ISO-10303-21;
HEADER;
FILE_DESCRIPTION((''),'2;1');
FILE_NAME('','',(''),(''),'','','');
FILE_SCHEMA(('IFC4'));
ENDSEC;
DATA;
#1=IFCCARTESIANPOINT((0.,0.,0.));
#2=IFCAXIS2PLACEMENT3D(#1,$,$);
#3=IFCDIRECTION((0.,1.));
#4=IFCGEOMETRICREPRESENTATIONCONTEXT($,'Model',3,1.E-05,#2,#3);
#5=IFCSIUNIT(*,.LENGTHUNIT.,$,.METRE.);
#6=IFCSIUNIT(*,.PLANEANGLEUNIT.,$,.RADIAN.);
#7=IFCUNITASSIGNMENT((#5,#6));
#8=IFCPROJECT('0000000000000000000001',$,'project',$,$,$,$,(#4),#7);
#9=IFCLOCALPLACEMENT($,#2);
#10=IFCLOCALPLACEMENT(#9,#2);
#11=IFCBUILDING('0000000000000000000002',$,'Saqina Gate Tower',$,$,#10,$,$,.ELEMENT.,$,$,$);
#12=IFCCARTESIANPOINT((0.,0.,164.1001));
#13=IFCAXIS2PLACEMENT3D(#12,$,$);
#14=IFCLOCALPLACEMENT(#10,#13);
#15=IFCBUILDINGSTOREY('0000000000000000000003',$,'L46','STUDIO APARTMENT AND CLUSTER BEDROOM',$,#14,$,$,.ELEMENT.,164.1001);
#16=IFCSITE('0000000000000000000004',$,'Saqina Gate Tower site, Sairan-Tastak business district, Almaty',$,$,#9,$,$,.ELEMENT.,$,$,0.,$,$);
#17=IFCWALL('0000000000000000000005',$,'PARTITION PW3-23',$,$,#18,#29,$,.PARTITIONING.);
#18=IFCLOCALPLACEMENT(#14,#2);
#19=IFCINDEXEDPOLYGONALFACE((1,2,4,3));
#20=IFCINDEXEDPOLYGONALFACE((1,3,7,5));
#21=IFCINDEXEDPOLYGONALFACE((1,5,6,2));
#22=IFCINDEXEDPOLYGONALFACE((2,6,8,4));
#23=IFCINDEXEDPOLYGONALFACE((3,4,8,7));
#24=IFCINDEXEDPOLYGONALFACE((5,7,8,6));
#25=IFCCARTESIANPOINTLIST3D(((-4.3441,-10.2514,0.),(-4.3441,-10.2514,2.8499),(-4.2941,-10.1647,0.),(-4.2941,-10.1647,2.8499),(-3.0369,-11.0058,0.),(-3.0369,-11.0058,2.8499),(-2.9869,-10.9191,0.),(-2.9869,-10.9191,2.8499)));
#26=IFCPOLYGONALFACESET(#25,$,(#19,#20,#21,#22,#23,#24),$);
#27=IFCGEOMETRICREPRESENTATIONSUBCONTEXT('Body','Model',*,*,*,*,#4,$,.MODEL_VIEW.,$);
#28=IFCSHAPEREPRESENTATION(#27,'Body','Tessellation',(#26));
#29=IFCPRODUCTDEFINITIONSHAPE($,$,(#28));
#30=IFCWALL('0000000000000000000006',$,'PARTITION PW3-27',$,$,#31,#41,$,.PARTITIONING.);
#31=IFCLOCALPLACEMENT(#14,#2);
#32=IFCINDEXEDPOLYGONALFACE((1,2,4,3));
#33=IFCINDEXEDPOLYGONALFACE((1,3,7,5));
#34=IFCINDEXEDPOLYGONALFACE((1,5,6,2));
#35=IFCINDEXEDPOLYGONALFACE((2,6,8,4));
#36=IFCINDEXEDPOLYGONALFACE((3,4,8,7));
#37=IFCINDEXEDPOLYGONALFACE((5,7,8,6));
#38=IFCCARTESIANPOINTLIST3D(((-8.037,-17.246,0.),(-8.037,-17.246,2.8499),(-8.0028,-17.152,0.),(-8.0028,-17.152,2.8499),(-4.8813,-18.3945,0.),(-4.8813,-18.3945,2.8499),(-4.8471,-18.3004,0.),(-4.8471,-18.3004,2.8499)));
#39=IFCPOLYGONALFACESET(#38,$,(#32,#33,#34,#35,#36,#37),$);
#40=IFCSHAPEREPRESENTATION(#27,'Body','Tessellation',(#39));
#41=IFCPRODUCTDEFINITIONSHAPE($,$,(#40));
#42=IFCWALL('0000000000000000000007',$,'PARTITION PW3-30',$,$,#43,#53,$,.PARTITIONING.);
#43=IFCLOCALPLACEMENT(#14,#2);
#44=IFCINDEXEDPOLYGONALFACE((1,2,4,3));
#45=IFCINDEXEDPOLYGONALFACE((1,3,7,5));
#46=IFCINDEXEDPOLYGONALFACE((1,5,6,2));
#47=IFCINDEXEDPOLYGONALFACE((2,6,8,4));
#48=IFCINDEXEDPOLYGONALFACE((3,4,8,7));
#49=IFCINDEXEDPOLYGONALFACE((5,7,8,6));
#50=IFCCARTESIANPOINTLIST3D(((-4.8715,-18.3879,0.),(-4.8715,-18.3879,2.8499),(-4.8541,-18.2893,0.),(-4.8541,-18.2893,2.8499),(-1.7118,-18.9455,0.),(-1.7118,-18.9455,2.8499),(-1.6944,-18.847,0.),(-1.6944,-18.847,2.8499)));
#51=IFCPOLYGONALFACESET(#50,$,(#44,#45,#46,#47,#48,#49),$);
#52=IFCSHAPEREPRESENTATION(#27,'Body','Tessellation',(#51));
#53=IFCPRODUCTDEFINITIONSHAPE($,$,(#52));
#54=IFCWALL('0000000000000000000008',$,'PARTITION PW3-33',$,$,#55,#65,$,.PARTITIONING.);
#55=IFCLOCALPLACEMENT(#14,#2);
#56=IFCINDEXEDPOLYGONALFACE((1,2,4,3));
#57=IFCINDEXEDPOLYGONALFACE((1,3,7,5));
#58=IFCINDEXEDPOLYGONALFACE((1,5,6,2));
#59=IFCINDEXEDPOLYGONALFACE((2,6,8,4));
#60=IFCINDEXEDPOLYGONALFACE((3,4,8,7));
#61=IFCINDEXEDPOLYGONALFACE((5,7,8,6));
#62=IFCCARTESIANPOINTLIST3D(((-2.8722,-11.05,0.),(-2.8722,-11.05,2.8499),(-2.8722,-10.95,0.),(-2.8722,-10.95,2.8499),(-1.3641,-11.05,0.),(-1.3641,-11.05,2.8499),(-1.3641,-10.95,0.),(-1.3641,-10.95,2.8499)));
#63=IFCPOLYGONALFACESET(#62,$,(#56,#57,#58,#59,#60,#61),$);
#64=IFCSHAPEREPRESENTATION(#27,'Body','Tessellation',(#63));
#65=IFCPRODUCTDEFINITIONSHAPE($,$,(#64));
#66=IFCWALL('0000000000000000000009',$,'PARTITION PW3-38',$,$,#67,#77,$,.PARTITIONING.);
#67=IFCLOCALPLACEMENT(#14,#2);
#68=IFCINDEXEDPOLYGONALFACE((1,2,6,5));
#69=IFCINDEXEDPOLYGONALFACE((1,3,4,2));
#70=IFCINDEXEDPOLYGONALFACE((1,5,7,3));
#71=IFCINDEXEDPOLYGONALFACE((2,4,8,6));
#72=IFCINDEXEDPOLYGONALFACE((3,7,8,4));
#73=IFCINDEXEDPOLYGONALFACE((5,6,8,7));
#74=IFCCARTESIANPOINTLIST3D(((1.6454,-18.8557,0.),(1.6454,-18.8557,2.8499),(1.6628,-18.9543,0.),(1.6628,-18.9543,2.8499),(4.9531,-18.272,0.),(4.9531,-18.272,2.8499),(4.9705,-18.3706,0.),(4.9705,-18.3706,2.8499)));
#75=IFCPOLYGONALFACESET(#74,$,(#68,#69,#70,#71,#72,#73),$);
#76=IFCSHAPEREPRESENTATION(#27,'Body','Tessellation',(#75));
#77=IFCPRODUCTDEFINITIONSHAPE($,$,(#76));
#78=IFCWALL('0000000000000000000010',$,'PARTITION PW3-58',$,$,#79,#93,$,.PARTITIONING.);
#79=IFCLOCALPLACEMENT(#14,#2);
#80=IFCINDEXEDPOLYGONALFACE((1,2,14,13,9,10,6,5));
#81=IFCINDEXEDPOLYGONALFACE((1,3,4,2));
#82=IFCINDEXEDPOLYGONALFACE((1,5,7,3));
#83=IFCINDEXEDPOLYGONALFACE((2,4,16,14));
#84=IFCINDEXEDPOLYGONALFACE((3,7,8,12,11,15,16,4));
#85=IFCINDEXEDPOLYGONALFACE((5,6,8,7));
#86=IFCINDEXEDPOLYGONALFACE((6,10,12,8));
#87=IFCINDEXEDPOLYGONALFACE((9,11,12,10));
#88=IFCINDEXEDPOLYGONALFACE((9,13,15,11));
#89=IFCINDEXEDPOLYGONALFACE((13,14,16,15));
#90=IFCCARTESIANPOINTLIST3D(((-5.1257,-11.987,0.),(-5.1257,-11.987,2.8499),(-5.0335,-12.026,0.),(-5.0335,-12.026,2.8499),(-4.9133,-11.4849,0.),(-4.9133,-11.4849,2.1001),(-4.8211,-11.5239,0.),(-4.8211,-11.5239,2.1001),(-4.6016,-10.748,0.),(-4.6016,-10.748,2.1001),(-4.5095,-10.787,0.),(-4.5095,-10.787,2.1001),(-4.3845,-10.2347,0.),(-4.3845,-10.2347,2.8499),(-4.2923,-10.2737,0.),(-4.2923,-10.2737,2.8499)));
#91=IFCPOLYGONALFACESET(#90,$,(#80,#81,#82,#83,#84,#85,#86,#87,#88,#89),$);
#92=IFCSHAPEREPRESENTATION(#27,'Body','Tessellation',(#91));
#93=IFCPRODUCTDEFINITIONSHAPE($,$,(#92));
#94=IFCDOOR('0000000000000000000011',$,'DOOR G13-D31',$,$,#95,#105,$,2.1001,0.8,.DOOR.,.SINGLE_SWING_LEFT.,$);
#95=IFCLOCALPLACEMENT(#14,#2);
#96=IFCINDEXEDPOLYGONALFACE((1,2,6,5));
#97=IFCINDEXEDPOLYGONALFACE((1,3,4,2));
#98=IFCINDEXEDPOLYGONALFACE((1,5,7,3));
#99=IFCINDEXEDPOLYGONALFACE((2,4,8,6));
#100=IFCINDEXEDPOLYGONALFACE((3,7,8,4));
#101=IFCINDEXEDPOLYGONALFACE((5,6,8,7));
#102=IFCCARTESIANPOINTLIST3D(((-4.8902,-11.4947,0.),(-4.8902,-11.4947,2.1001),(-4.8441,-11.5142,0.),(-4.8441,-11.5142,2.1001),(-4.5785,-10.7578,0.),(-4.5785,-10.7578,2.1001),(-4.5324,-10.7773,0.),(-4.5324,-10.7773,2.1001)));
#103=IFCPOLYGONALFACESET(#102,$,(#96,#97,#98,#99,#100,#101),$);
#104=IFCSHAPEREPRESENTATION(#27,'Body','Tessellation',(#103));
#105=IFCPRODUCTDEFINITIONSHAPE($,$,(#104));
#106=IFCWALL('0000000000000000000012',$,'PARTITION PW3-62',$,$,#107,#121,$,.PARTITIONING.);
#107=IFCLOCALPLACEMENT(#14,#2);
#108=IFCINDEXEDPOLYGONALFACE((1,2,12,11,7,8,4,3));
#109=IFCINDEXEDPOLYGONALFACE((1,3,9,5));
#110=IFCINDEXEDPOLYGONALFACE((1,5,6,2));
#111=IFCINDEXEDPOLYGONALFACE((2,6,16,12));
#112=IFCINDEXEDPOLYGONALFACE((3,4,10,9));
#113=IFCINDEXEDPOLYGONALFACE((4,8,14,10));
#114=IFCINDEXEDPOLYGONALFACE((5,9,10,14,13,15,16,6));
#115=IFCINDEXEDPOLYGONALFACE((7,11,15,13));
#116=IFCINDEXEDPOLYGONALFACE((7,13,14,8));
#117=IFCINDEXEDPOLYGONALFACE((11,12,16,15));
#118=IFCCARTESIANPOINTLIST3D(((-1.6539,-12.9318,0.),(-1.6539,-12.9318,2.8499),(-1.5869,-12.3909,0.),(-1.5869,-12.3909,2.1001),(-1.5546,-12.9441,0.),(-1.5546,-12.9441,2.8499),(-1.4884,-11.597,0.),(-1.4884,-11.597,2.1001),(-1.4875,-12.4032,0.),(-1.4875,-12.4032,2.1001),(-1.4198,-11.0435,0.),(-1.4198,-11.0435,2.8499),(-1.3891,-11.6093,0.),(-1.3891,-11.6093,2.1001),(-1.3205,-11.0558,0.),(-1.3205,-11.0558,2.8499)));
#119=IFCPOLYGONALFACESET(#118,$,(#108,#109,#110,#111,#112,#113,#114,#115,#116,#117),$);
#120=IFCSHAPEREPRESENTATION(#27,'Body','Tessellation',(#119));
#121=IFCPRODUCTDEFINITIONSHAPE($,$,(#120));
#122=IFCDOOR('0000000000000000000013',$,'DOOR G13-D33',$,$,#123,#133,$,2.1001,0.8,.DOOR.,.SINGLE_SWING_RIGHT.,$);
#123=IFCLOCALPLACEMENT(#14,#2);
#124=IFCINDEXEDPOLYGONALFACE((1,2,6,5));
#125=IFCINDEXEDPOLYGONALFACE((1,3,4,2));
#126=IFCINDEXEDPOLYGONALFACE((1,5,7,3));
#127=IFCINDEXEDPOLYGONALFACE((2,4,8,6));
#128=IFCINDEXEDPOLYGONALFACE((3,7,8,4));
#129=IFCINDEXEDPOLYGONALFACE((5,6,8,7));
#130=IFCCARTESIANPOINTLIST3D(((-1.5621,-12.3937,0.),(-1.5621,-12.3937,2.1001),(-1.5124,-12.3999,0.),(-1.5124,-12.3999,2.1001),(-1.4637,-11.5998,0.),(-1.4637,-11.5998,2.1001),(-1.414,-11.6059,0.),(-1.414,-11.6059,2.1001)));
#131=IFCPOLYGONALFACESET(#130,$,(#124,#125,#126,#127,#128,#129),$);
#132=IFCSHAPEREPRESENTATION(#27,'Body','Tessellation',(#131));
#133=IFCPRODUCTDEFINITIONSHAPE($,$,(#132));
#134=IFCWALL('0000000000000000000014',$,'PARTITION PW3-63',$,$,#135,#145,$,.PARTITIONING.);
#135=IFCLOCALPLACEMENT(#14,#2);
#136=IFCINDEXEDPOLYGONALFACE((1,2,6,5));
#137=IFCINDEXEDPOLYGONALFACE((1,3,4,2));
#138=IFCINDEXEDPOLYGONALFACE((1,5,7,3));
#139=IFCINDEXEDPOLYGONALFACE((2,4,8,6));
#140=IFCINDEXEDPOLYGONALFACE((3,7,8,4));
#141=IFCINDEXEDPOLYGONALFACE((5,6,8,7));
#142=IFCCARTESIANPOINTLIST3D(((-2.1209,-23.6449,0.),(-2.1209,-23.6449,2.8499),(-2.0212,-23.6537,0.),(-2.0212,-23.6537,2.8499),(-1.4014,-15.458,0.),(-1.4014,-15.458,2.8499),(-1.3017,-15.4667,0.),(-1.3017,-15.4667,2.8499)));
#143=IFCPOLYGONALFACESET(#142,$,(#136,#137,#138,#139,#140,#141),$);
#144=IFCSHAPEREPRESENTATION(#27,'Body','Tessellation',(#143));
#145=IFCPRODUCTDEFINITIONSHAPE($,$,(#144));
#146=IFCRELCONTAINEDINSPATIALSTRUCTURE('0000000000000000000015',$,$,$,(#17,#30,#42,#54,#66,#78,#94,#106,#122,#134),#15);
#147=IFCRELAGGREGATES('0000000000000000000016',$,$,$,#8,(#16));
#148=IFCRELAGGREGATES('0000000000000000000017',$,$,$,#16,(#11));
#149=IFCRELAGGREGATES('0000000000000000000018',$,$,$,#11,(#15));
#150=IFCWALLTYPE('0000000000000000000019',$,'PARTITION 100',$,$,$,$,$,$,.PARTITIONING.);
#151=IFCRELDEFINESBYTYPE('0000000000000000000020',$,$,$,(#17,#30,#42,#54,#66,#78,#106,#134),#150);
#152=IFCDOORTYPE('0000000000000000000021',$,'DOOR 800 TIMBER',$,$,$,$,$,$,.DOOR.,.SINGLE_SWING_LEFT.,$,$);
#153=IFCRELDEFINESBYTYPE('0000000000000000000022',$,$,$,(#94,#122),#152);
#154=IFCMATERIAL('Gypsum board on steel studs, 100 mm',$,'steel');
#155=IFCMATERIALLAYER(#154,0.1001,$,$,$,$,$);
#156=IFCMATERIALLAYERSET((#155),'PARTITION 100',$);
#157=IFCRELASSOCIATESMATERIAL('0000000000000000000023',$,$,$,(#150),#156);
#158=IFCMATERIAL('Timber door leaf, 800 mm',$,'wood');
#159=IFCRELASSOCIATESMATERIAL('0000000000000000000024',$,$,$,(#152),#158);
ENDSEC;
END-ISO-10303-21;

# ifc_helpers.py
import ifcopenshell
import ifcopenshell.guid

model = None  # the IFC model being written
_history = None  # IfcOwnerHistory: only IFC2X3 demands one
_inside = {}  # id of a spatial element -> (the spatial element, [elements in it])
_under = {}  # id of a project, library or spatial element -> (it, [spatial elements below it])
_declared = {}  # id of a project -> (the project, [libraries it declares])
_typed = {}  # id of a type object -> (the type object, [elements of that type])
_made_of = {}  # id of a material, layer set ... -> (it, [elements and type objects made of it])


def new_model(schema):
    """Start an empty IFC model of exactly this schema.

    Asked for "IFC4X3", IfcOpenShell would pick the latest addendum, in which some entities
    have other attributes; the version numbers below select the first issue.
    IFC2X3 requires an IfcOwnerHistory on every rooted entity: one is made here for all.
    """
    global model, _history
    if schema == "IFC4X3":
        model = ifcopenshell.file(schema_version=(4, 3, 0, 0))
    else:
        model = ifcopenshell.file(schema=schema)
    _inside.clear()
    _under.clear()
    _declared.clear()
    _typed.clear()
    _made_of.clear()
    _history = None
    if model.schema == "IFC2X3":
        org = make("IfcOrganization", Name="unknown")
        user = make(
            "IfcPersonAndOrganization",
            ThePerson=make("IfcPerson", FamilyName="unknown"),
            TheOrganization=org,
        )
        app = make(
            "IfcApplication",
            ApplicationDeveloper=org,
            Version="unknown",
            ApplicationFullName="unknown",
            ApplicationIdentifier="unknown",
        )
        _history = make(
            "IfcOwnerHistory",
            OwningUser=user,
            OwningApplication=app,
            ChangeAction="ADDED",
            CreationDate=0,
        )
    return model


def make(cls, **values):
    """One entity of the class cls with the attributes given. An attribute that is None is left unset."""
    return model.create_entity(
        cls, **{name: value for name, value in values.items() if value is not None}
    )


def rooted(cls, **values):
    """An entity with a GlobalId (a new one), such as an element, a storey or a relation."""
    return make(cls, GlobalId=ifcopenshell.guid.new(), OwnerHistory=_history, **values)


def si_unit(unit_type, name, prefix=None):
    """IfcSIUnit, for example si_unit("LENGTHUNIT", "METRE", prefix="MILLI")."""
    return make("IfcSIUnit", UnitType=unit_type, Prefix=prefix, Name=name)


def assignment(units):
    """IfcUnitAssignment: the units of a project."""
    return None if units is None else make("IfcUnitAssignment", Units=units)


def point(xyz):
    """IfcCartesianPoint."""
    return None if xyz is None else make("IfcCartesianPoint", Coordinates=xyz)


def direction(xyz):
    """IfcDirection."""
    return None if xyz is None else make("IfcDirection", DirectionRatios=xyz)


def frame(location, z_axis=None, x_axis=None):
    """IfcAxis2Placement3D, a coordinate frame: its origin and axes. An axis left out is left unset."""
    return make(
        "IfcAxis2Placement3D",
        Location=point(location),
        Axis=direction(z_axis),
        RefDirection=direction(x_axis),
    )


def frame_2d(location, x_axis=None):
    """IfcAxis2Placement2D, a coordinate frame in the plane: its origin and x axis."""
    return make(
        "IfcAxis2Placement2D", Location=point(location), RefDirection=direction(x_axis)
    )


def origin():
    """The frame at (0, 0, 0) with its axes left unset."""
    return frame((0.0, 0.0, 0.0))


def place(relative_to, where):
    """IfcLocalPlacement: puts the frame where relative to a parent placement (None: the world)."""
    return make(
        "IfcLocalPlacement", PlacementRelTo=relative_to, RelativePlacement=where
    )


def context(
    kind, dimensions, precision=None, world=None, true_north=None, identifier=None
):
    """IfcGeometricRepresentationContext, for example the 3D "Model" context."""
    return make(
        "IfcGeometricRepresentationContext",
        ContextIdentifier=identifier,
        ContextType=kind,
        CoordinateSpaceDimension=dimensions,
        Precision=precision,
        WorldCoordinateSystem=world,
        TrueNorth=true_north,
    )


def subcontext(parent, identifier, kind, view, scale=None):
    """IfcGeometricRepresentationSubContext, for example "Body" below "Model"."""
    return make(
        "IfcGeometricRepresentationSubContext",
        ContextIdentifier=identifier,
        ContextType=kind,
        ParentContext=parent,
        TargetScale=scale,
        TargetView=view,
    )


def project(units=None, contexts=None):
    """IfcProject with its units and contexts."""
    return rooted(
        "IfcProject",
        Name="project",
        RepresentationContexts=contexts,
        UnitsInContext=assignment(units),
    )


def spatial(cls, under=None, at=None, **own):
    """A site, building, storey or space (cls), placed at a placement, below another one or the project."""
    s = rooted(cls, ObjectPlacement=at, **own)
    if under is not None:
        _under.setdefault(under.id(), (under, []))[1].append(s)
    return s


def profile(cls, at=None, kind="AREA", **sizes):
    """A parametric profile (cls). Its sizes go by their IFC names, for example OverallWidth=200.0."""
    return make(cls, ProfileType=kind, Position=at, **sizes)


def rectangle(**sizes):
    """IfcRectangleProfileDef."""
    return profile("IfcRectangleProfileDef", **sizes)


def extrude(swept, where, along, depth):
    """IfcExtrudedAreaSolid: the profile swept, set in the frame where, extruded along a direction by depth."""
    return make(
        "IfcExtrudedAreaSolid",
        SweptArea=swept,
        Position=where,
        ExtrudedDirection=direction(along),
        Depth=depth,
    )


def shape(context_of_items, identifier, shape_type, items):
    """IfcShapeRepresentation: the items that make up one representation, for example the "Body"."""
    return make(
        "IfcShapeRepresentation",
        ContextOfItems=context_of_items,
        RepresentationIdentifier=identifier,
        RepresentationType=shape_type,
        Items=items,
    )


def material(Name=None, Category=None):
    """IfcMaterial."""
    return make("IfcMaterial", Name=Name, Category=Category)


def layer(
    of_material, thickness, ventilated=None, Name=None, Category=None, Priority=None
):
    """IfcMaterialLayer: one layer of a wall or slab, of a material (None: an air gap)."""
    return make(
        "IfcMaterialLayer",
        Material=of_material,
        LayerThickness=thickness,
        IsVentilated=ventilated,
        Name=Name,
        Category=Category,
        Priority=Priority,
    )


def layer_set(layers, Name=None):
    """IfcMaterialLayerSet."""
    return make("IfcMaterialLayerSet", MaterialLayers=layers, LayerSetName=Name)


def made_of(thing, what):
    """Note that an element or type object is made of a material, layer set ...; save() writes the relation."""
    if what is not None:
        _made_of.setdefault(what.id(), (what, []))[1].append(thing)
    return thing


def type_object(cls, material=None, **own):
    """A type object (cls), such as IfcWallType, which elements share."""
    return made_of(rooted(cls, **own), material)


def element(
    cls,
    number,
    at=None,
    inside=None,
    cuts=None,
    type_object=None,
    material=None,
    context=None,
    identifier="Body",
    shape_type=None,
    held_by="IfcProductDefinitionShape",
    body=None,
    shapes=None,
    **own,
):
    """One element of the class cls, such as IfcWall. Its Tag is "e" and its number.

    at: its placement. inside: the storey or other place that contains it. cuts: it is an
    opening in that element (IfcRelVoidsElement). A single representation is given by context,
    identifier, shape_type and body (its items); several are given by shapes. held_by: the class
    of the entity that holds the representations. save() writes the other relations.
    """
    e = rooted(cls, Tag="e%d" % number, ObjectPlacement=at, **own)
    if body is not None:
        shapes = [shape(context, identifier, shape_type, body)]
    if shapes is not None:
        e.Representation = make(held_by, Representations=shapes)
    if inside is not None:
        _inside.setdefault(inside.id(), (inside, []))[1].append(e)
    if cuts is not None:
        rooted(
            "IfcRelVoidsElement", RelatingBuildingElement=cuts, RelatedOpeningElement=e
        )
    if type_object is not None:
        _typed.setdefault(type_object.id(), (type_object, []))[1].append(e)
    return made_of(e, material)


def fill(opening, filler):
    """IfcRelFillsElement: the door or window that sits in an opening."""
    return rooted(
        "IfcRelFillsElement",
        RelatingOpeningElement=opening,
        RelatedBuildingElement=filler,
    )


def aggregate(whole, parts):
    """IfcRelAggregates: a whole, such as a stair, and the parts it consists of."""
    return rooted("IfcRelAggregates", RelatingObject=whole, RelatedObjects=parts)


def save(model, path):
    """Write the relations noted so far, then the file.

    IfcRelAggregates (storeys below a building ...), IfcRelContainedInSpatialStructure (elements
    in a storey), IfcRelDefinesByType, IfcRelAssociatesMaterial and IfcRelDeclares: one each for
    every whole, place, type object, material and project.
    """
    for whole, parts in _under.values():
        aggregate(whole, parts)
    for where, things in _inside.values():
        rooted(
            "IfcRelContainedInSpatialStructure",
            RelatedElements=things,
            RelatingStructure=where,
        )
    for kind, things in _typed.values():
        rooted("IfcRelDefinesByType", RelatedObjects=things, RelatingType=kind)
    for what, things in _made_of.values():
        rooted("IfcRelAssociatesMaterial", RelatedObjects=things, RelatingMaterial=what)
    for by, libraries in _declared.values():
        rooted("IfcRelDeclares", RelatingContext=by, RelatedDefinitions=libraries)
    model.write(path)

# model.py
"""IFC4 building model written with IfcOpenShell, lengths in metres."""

from ifc_helpers import new_model, si_unit, direction, frame, frame_2d, origin, place, context, subcontext, project, spatial, rectangle, extrude, material, layer, layer_set, type_object, element, fill, save


model = new_model("IFC4")

# Units and contexts
model_context = context("Model", 3, precision=1e-05, world=origin(), true_north=direction((0.0, 1.0)))
body_context = subcontext(model_context, "Body", "Model", "MODEL_VIEW")
ifc_project = project(units=[si_unit("LENGTHUNIT", "METRE"), si_unit("PLANEANGLEUNIT", "RADIAN")], contexts=[model_context])

# Site, building, storey
site_placement = place(None, origin())
site = spatial("IfcSite", under=ifc_project, at=site_placement, Name="Saqina Gate Tower site, Sairan-Tastak business district, Almaty", CompositionType="ELEMENT", RefElevation=0.0)
building_placement = place(site_placement, origin())
building = spatial("IfcBuilding", under=site, at=building_placement, Name="Saqina Gate Tower", CompositionType="ELEMENT")
storey_placement = place(building_placement, frame((0.0, 0.0, 164.1001)))
storey = spatial("IfcBuildingStorey", under=building, at=storey_placement, Name="L46", Description="STUDIO APARTMENT AND CLUSTER BEDROOM", CompositionType="ELEMENT", Elevation=164.1001)

# Walls
ifc_material_1 = material(Name="Gypsum board on steel studs, 100 mm", Category="steel")
ifc_layer_1 = layer(ifc_material_1, 0.1001)
ifc_layer_set_1 = layer_set([ifc_layer_1], Name="PARTITION 100")
wall_type_1 = type_object("IfcWallType", Name="PARTITION 100", PredefinedType="PARTITIONING", material=ifc_layer_set_1)
wall_1_placement = place(storey_placement, frame((-4.3191, -10.208, 0.0), z_axis=(0.0, 0.0, 1.0), x_axis=(0.866105, -0.499862, 0.0)))
element("IfcWall", 1, at=wall_1_placement, inside=storey, type_object=wall_type_1, Name="PARTITION PW3-23", PredefinedType="PARTITIONING", context=body_context, shape_type="SweptSolid", body=[
    extrude(rectangle(XDim=1.5093, YDim=0.1001, at=frame_2d((0.7546, 0.0))), origin(), (0.0, 0.0, 1.0), 2.8499),
])
wall_2_placement = place(storey_placement, frame((-8.02, -17.199, 0.0), z_axis=(0.0, 0.0, 1.0), x_axis=(0.939708, -0.341977, 0.0)))
element("IfcWall", 2, at=wall_2_placement, inside=storey, type_object=wall_type_1, Name="PARTITION PW3-27", PredefinedType="PARTITIONING", context=body_context, shape_type="SweptSolid", body=[
    extrude(rectangle(XDim=3.3582, YDim=0.1001, at=frame_2d((1.6792, 0.0))), origin(), (0.0, 0.0, 1.0), 2.8499),
])
wall_3_placement = place(storey_placement, frame((-4.8628, -18.3386, 0.0), z_axis=(0.0, 0.0, 1.0), x_axis=(0.984782, -0.173794, 0.0)))
element("IfcWall", 3, at=wall_3_placement, inside=storey, type_object=wall_type_1, Name="PARTITION PW3-30", PredefinedType="PARTITIONING", context=body_context, shape_type="SweptSolid", body=[
    extrude(rectangle(XDim=3.2085, YDim=0.1001, at=frame_2d((1.6042, 0.0))), origin(), (0.0, 0.0, 1.0), 2.8499),
])
wall_4_placement = place(storey_placement, frame((-2.8721, -11.0, 0.0), z_axis=(0.0, 0.0, 1.0), x_axis=(1.0, 0.0, 0.0)))
element("IfcWall", 4, at=wall_4_placement, inside=storey, type_object=wall_type_1, Name="PARTITION PW3-33", PredefinedType="PARTITIONING", context=body_context, shape_type="SweptSolid", body=[
    extrude(rectangle(XDim=1.5081, YDim=0.1001, at=frame_2d((0.7539, 0.0))), origin(), (0.0, 0.0, 1.0), 2.8499),
])
wall_5_placement = place(storey_placement, frame((1.6541, -18.905, 0.0), z_axis=(0.0, 0.0, 1.0), x_axis=(0.984784, 0.173785, 0.0)))
element("IfcWall", 5, at=wall_5_placement, inside=storey, type_object=wall_type_1, Name="PARTITION PW3-38", PredefinedType="PARTITIONING", context=body_context, shape_type="SweptSolid", body=[
    extrude(rectangle(XDim=3.3589, YDim=0.1001, at=frame_2d((1.6794, 0.0))), origin(), (0.0, 0.0, 1.0), 2.8499),
])

# Walls, openings, doors
wall_6_placement = place(storey_placement, frame((-5.0796, -12.0063, 0.0), z_axis=(0.0, 0.0, 1.0), x_axis=(0.389594, 0.920987, 0.0)))
wall_6 = element("IfcWall", 6, at=wall_6_placement, inside=storey, type_object=wall_type_1, Name="PARTITION PW3-58", PredefinedType="PARTITIONING", context=body_context, shape_type="SweptSolid", body=[
    extrude(rectangle(XDim=1.9026, YDim=0.1001, at=frame_2d((0.9512, 0.0))), origin(), (0.0, 0.0, 1.0), 2.8499),
])
opening_1_placement = place(wall_6_placement, frame((0.5452, 0.0, 0.0)))
opening_1 = element("IfcOpeningElement", 7, at=opening_1_placement, cuts=wall_6, PredefinedType="OPENING", context=body_context, shape_type="SweptSolid", body=[
    extrude(rectangle(XDim=0.8, YDim=2.1001, at=frame_2d((0.3999, 1.05))), frame((0.0, 0.062, 0.0), z_axis=(0.0, -1.0, 0.0), x_axis=(1.0, 0.0, 0.0)), (0.0, 0.0, 1.0), 0.124),
])
ifc_material_2 = material(Name="Timber door leaf, 800 mm", Category="wood")
door_type_1 = type_object("IfcDoorType", Name="DOOR 800 TIMBER", OperationType="SINGLE_SWING_LEFT", PredefinedType="DOOR", material=ifc_material_2)
door_1_placement = place(opening_1_placement, origin())
door_1 = element("IfcDoor", 8, at=door_1_placement, inside=storey, type_object=door_type_1, Name="DOOR G13-D31", OperationType="SINGLE_SWING_LEFT", OverallHeight=2.1001, OverallWidth=0.8, PredefinedType="DOOR", context=body_context, shape_type="SweptSolid", body=[
    extrude(rectangle(XDim=0.8, YDim=2.1001, at=frame_2d((0.3999, 1.05))), frame((0.0, 0.0249, 0.0), z_axis=(0.0, -1.0, 0.0), x_axis=(1.0, 0.0, 0.0)), (0.0, 0.0, 1.0), 0.05),
])
fill(opening_1, door_1)
wall_7_placement = place(storey_placement, frame((-1.6042, -12.938, 0.0), z_axis=(0.0, 0.0, 1.0), x_axis=(0.12304, 0.992402, 0.0)))
wall_7 = element("IfcWall", 9, at=wall_7_placement, inside=storey, type_object=wall_type_1, Name="PARTITION PW3-62", PredefinedType="PARTITIONING", context=body_context, shape_type="SweptSolid", body=[
    extrude(rectangle(XDim=1.9028, YDim=0.1001, at=frame_2d((0.9514, 0.0))), origin(), (0.0, 0.0, 1.0), 2.8499),
])
opening_2_placement = place(wall_7_placement, frame((0.5452, 0.0, 0.0)))
opening_2 = element("IfcOpeningElement", 10, at=opening_2_placement, cuts=wall_7, PredefinedType="OPENING", context=body_context, shape_type="SweptSolid", body=[
    extrude(rectangle(XDim=0.8, YDim=2.1001, at=frame_2d((0.3999, 1.05))), frame((0.0, 0.062, 0.0), z_axis=(0.0, -1.0, 0.0), x_axis=(1.0, 0.0, 0.0)), (0.0, 0.0, 1.0), 0.124),
])
door_2_placement = place(opening_2_placement, frame((0.8, 0.0, 0.0), z_axis=(0.0, 0.0, 1.0), x_axis=(-1.0, 0.0, 0.0)))
door_2 = element("IfcDoor", 11, at=door_2_placement, inside=storey, type_object=door_type_1, Name="DOOR G13-D33", OperationType="SINGLE_SWING_RIGHT", OverallHeight=2.1001, OverallWidth=0.8, PredefinedType="DOOR", context=body_context, shape_type="SweptSolid", body=[
    extrude(rectangle(XDim=0.8, YDim=2.1001, at=frame_2d((0.3999, 1.05))), frame((0.0, 0.0249, 0.0), z_axis=(0.0, -1.0, 0.0), x_axis=(1.0, 0.0, 0.0)), (0.0, 0.0, 1.0), 0.05),
])
fill(opening_2, door_2)

# Wall
wall_8_placement = place(storey_placement, frame((-2.071, -23.6494, 0.0), z_axis=(0.0, 0.0, 1.0), x_axis=(0.087544, 0.996161, 0.0)))
element("IfcWall", 12, at=wall_8_placement, inside=storey, type_object=wall_type_1, Name="PARTITION PW3-63", PredefinedType="PARTITIONING", context=body_context, shape_type="SweptSolid", body=[
    extrude(rectangle(XDim=8.2185, YDim=0.1001, at=frame_2d((4.1094, 0.0))), origin(), (0.0, 0.0, 1.0), 2.8499),
])

save(model, "model.ifc")
